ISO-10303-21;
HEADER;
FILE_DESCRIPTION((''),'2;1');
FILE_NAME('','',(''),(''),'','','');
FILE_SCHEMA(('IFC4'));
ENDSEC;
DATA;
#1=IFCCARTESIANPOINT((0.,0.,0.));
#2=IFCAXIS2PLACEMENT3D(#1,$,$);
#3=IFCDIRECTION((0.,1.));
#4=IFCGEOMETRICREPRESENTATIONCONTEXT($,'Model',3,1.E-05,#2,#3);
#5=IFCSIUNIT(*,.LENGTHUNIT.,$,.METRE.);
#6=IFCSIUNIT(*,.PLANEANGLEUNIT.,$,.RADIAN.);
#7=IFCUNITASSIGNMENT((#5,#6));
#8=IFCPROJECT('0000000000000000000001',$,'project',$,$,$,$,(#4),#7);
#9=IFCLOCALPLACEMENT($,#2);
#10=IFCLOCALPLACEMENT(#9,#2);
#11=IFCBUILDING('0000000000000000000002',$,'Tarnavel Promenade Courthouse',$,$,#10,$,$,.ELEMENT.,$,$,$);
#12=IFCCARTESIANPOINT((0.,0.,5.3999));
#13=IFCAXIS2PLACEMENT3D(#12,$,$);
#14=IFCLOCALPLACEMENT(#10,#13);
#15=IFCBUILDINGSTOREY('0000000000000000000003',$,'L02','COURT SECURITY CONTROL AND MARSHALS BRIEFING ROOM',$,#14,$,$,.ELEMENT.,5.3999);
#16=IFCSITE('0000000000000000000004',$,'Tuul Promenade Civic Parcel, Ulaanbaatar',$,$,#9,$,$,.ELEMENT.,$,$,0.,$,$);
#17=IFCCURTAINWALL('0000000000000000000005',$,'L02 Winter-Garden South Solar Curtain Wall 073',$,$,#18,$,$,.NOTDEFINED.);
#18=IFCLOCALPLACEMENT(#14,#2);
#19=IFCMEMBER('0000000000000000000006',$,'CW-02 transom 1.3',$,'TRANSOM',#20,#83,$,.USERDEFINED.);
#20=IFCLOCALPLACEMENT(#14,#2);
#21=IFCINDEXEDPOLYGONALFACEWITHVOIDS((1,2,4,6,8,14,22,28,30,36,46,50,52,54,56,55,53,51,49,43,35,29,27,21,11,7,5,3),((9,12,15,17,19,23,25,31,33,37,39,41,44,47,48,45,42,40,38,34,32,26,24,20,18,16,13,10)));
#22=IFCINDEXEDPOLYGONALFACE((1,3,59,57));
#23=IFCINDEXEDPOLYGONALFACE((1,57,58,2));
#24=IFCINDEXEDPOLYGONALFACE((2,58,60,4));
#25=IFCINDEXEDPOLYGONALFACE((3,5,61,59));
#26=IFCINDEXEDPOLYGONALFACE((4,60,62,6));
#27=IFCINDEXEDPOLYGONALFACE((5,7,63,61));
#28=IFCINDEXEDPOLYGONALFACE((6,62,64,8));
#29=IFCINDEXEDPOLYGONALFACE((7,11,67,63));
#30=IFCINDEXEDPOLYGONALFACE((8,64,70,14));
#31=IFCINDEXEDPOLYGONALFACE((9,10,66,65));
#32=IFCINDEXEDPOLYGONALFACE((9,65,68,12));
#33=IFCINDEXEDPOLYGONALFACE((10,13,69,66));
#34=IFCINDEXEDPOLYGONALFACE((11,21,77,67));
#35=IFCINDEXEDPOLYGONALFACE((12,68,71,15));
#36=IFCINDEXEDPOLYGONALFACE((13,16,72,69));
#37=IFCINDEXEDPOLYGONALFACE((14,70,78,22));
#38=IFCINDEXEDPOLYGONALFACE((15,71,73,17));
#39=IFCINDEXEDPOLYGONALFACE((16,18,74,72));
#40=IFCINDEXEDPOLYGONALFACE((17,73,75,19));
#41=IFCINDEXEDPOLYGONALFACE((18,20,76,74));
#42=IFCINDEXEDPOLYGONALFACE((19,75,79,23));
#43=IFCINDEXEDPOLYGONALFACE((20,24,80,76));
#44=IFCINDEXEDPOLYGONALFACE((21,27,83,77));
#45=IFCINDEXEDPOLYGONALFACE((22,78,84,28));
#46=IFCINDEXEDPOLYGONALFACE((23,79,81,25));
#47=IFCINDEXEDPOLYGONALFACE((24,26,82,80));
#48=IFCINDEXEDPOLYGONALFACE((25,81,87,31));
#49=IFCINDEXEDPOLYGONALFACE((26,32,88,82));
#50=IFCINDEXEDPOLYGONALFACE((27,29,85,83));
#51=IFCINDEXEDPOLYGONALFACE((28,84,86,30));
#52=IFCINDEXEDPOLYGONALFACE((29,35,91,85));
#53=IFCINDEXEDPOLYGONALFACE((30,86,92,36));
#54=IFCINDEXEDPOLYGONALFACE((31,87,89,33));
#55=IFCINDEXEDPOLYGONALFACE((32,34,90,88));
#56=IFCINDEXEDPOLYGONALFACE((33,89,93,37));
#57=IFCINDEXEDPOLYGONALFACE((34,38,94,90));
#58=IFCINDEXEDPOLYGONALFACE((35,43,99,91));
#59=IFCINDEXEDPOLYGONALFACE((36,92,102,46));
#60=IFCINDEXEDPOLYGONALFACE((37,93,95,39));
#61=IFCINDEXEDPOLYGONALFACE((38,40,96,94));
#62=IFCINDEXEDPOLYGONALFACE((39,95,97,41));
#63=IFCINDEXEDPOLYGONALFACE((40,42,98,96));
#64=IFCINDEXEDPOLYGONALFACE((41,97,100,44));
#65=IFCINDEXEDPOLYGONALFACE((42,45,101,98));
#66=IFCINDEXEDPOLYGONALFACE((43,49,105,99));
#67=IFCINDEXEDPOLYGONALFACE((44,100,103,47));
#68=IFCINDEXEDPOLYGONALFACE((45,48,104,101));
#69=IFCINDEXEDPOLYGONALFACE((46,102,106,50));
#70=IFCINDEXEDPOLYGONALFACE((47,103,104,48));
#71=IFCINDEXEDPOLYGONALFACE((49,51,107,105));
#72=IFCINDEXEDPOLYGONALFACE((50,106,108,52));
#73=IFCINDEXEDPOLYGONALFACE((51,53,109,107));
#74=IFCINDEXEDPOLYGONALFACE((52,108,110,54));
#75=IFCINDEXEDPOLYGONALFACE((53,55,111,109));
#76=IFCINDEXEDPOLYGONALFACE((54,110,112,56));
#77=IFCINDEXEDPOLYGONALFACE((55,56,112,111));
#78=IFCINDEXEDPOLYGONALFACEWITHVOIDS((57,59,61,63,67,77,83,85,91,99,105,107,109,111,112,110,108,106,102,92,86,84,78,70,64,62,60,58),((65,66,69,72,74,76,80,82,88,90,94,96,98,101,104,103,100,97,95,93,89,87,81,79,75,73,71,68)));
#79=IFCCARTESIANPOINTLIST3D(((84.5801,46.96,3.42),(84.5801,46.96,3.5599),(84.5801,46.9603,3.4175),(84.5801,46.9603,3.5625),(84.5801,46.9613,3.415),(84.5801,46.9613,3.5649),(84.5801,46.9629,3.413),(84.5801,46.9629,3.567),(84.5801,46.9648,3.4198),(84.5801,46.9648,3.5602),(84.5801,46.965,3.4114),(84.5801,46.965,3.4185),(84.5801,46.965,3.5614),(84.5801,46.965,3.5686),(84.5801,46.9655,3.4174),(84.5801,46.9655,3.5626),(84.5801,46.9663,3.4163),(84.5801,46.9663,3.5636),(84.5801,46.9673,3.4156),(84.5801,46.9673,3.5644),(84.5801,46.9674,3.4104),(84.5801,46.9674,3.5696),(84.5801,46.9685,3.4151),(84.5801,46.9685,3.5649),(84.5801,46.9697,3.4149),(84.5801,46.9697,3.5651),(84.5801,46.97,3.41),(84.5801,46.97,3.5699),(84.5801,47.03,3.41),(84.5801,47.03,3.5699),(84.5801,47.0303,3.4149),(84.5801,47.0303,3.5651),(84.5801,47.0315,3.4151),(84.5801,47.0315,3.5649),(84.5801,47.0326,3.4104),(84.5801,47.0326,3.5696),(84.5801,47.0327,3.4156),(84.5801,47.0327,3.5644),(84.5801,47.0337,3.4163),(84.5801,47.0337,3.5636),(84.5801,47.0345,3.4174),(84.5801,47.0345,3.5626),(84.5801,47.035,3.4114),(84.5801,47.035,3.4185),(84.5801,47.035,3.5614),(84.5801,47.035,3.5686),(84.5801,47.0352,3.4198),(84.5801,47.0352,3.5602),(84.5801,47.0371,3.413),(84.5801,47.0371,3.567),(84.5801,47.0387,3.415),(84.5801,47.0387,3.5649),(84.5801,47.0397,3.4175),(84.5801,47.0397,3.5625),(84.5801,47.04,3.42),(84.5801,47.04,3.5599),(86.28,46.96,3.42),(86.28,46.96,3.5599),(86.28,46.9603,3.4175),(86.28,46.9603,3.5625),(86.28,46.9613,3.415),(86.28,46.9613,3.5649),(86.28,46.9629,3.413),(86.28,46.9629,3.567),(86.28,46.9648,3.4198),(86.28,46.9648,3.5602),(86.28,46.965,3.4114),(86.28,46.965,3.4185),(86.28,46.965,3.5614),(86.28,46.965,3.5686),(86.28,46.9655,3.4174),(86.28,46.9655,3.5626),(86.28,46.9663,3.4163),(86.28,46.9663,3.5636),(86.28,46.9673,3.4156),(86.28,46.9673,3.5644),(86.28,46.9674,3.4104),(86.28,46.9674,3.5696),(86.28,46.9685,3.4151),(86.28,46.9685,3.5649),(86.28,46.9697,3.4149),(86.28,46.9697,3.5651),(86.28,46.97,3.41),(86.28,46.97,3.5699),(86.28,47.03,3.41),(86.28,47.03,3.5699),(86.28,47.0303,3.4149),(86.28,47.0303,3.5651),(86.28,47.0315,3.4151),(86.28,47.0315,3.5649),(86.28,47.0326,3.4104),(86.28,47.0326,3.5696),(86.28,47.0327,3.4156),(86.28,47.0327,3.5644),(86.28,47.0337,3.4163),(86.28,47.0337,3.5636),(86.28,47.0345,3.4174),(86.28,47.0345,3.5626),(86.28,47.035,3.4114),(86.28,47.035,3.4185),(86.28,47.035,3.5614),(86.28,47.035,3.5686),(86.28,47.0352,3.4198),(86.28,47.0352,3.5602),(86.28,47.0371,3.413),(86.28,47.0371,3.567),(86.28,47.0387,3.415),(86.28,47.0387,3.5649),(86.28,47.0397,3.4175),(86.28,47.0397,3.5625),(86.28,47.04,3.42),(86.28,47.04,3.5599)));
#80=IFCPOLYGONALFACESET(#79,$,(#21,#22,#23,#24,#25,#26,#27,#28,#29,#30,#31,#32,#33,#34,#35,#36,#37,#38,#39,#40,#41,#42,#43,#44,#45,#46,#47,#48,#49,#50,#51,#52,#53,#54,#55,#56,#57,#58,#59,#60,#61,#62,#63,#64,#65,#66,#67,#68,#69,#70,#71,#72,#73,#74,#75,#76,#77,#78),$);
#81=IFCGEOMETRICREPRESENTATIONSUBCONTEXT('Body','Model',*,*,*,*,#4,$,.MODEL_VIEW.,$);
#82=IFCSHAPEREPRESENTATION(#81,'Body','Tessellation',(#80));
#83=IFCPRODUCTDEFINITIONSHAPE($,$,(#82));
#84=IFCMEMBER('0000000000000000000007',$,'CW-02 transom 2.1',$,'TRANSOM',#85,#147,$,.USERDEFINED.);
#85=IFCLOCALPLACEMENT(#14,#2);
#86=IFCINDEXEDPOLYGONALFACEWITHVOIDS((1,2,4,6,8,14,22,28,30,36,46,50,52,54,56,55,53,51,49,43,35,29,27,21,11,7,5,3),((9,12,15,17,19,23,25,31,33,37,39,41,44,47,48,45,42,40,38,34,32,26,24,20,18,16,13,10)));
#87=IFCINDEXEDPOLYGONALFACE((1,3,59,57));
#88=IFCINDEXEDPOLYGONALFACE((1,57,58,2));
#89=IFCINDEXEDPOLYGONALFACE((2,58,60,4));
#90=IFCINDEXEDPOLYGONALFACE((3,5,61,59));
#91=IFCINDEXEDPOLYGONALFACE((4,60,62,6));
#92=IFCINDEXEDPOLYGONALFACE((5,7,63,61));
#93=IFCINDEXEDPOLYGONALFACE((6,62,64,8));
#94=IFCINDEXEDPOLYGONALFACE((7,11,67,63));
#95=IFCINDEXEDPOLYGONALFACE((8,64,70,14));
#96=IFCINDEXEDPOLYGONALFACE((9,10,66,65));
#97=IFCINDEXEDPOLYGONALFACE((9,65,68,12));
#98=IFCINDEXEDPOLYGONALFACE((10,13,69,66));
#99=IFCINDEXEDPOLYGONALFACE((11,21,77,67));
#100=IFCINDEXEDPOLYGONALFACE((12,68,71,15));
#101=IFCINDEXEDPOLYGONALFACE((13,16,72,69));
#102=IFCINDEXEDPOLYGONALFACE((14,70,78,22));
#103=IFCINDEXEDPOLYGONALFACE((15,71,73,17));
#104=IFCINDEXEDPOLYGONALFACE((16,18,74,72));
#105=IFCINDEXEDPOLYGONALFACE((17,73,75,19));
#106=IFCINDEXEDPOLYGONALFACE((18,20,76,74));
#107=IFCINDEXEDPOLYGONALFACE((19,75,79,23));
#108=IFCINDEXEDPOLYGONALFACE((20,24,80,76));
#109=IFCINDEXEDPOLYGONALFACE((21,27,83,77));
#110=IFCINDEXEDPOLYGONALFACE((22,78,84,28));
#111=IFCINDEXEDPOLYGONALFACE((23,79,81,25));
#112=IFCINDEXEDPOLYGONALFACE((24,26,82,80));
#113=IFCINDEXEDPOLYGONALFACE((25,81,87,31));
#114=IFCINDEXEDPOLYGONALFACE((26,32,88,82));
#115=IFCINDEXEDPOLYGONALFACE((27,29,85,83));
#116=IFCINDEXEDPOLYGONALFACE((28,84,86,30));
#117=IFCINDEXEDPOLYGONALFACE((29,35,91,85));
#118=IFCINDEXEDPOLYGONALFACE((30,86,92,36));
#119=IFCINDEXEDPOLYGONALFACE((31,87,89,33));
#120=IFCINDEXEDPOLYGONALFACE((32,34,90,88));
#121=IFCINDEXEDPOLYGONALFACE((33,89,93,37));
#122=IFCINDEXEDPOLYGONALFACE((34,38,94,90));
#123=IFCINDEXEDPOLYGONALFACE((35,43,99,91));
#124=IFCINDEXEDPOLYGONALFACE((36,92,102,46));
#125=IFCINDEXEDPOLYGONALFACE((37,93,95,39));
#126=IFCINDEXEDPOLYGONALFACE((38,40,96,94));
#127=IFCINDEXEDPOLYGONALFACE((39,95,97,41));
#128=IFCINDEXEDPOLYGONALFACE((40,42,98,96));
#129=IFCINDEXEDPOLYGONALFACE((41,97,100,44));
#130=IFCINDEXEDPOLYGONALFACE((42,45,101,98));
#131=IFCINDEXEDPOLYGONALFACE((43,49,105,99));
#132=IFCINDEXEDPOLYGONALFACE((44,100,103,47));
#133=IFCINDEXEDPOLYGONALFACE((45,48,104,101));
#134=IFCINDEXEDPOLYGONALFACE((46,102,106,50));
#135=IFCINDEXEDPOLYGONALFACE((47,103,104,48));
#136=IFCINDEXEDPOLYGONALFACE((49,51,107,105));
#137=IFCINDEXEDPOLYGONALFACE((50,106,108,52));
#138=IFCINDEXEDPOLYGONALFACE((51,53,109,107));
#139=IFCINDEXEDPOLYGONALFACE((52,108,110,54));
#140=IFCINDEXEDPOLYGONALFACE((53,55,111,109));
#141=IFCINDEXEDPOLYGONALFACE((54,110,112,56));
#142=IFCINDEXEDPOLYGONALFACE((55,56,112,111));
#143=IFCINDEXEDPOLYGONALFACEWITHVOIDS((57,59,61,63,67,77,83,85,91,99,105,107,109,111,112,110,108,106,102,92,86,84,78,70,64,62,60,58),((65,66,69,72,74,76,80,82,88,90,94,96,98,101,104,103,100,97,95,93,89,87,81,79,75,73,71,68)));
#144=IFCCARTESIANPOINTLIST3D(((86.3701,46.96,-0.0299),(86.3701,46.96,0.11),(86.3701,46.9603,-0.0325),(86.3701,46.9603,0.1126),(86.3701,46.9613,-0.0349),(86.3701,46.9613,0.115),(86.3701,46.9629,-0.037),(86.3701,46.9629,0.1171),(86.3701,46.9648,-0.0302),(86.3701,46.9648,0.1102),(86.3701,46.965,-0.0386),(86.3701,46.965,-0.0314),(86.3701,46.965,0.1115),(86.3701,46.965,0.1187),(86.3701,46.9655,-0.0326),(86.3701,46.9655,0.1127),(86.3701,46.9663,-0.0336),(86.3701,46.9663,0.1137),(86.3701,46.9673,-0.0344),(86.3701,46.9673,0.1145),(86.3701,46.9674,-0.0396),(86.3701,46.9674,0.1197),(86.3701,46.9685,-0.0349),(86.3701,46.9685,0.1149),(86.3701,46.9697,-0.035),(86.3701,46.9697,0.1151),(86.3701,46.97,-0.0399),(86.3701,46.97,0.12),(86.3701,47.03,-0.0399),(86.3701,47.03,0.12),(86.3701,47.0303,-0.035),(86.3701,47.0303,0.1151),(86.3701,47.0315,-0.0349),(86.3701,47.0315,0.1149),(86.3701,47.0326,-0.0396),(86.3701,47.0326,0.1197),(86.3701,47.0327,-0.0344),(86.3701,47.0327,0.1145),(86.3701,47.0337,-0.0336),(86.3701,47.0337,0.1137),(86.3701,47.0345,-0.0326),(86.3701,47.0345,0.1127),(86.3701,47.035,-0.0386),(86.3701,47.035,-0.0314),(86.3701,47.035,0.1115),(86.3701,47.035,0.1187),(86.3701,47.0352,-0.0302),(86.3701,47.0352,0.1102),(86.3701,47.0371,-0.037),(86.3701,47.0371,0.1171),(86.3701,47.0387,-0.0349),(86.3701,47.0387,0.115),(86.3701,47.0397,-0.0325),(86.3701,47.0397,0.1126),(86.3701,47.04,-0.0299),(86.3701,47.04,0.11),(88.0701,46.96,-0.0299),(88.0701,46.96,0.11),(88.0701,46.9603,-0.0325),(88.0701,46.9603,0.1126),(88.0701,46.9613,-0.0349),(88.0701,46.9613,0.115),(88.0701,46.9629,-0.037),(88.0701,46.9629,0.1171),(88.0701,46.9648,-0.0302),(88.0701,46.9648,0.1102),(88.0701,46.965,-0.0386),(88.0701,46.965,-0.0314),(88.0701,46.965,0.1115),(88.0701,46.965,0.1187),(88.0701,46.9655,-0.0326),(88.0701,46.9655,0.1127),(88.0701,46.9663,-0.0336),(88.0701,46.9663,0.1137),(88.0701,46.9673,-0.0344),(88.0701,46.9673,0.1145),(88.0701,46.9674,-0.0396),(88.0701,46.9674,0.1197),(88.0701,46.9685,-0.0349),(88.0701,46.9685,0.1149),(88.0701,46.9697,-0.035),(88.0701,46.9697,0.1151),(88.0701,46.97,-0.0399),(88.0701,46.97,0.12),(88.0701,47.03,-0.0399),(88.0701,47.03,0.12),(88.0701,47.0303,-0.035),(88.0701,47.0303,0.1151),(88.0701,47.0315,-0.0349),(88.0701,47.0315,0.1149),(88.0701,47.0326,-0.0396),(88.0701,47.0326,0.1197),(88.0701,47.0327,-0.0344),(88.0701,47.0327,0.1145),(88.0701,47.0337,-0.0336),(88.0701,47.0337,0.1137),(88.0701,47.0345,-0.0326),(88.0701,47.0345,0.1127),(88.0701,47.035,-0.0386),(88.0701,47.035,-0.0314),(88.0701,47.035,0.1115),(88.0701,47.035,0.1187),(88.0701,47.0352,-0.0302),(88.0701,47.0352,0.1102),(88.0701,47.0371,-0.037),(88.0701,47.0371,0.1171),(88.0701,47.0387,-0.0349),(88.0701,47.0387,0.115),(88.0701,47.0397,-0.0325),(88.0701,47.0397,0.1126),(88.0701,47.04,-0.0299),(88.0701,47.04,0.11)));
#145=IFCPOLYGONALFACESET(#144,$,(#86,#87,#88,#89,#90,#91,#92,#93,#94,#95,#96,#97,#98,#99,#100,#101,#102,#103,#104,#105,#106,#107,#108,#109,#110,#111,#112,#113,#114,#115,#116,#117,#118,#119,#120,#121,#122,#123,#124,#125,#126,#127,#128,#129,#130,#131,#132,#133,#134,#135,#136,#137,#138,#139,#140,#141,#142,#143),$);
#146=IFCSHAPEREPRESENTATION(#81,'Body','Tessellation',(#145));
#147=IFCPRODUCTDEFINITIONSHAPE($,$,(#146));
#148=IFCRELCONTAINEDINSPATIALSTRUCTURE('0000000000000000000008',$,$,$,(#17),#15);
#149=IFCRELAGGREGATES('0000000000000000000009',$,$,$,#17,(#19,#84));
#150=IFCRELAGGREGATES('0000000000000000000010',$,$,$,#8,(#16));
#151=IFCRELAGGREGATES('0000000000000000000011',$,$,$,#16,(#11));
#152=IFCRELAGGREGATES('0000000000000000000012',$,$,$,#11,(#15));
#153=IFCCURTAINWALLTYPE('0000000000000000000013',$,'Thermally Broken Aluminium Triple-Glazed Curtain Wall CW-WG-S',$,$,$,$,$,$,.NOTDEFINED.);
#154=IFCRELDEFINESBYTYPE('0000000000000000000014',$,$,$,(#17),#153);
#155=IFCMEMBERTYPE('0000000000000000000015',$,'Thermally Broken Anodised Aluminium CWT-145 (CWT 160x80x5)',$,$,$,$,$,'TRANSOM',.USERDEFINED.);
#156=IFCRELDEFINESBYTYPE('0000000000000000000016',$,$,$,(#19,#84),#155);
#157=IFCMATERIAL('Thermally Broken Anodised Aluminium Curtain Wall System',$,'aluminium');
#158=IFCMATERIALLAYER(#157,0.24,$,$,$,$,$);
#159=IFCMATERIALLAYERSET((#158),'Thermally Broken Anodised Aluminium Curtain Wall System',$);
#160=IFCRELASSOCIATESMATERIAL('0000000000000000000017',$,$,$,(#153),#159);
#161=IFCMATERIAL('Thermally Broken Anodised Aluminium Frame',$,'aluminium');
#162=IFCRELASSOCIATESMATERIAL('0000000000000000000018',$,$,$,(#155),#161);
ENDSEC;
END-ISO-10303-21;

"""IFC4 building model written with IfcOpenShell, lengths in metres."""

from ifc_helpers import new_model, si_unit, direction, frame, origin, origin_2d, place, context, subcontext, project, spatial, hollow_rectangle, extrude, material, layer, layer_set, material_profile, profile_set, type_object, element, aggregate, save


model = new_model("IFC4")

# Units and contexts
model_context = context("Model", 3, precision=1e-05, world=origin(), true_north=direction((0.0, 1.0)))
body_context = subcontext(model_context, "Body", "Model", "MODEL_VIEW")
ifc_project = project(units=[si_unit("LENGTHUNIT", "METRE"), si_unit("PLANEANGLEUNIT", "RADIAN")], contexts=[model_context])

# Site, building, storey
site_placement = place(None, origin())
site = spatial("IfcSite", under=ifc_project, at=site_placement, Name="Tuul Promenade Civic Parcel, Ulaanbaatar", CompositionType="ELEMENT", RefElevation=0.0)
building_placement = place(site_placement, origin())
building = spatial("IfcBuilding", under=site, at=building_placement, Name="Tarnavel Promenade Courthouse", CompositionType="ELEMENT")
storey_placement = place(building_placement, frame((0.0, 0.0, 5.3999)))
storey = spatial("IfcBuildingStorey", under=building, at=storey_placement, Name="L02", Description="COURT SECURITY CONTROL AND MARSHALS BRIEFING ROOM", CompositionType="ELEMENT", Elevation=5.3999)

# Curtain wall
ifc_material_1 = material(Name="Thermally Broken Anodised Aluminium Curtain Wall System", Category="aluminium")
ifc_layer_1 = layer(ifc_material_1, 0.24)
ifc_layer_set_1 = layer_set([ifc_layer_1], Name="Thermally Broken Anodised Aluminium Curtain Wall System")
curtain_wall_type = type_object("IfcCurtainWallType", Name="Thermally Broken Aluminium Triple-Glazed Curtain Wall CW-WG-S", PredefinedType="NOTDEFINED", material=ifc_layer_set_1)
ifc_material_2 = material(Name="Thermally Broken Anodised Aluminium Frame", Category="aluminium")
curtain_wall_1_placement = place(storey_placement, origin())
curtain_wall_1 = element("IfcCurtainWall", 1, at=curtain_wall_1_placement, inside=storey, type_object=curtain_wall_type, Name="L02 Winter-Garden South Solar Curtain Wall 073", PredefinedType="NOTDEFINED")

# Members
ifc_material_profile_1 = material_profile(ifc_material_2, hollow_rectangle(XDim=0.0801, YDim=0.1599, WallThickness=0.0049, InnerFilletRadius=0.0049, OuterFilletRadius=0.01, at=origin_2d()), Name="CWT 160x80x5")
ifc_profile_set_1 = profile_set([ifc_material_profile_1], Name="Thermally Broken Anodised Aluminium Frame")
member_type_1 = type_object("IfcMemberType", Name="Thermally Broken Anodised Aluminium CWT-145 (CWT 160x80x5)", ElementType="TRANSOM", PredefinedType="USERDEFINED", material=ifc_profile_set_1)
member_1_placement = place(storey_placement, frame((84.5801, 47.0, 3.49), z_axis=(1.0, 0.0, 0.0), x_axis=(0.0, 1.0, 0.0)))
member_1 = element("IfcMember", 2, at=member_1_placement, type_object=member_type_1, Name="CW-02 transom 1.3", ObjectType="TRANSOM", PredefinedType="USERDEFINED", context=body_context, shape_type="SweptSolid", body=[
    extrude(hollow_rectangle(XDim=0.0801, YDim=0.1599, WallThickness=0.0049, InnerFilletRadius=0.0049, OuterFilletRadius=0.01, at=origin_2d()), origin(), (0.0, 0.0, 1.0), 1.7),
])
member_2_placement = place(storey_placement, frame((86.3701, 47.0, 0.04), z_axis=(1.0, 0.0, 0.0), x_axis=(0.0, 1.0, 0.0)))
member_2 = element("IfcMember", 3, at=member_2_placement, type_object=member_type_1, Name="CW-02 transom 2.1", ObjectType="TRANSOM", PredefinedType="USERDEFINED", context=body_context, shape_type="SweptSolid", body=[
    extrude(hollow_rectangle(XDim=0.0801, YDim=0.1599, WallThickness=0.0049, InnerFilletRadius=0.0049, OuterFilletRadius=0.01, at=origin_2d()), origin(), (0.0, 0.0, 1.0), 1.7),
])

aggregate(curtain_wall_1, [member_1, member_2])

save(model, "model.ifc")
